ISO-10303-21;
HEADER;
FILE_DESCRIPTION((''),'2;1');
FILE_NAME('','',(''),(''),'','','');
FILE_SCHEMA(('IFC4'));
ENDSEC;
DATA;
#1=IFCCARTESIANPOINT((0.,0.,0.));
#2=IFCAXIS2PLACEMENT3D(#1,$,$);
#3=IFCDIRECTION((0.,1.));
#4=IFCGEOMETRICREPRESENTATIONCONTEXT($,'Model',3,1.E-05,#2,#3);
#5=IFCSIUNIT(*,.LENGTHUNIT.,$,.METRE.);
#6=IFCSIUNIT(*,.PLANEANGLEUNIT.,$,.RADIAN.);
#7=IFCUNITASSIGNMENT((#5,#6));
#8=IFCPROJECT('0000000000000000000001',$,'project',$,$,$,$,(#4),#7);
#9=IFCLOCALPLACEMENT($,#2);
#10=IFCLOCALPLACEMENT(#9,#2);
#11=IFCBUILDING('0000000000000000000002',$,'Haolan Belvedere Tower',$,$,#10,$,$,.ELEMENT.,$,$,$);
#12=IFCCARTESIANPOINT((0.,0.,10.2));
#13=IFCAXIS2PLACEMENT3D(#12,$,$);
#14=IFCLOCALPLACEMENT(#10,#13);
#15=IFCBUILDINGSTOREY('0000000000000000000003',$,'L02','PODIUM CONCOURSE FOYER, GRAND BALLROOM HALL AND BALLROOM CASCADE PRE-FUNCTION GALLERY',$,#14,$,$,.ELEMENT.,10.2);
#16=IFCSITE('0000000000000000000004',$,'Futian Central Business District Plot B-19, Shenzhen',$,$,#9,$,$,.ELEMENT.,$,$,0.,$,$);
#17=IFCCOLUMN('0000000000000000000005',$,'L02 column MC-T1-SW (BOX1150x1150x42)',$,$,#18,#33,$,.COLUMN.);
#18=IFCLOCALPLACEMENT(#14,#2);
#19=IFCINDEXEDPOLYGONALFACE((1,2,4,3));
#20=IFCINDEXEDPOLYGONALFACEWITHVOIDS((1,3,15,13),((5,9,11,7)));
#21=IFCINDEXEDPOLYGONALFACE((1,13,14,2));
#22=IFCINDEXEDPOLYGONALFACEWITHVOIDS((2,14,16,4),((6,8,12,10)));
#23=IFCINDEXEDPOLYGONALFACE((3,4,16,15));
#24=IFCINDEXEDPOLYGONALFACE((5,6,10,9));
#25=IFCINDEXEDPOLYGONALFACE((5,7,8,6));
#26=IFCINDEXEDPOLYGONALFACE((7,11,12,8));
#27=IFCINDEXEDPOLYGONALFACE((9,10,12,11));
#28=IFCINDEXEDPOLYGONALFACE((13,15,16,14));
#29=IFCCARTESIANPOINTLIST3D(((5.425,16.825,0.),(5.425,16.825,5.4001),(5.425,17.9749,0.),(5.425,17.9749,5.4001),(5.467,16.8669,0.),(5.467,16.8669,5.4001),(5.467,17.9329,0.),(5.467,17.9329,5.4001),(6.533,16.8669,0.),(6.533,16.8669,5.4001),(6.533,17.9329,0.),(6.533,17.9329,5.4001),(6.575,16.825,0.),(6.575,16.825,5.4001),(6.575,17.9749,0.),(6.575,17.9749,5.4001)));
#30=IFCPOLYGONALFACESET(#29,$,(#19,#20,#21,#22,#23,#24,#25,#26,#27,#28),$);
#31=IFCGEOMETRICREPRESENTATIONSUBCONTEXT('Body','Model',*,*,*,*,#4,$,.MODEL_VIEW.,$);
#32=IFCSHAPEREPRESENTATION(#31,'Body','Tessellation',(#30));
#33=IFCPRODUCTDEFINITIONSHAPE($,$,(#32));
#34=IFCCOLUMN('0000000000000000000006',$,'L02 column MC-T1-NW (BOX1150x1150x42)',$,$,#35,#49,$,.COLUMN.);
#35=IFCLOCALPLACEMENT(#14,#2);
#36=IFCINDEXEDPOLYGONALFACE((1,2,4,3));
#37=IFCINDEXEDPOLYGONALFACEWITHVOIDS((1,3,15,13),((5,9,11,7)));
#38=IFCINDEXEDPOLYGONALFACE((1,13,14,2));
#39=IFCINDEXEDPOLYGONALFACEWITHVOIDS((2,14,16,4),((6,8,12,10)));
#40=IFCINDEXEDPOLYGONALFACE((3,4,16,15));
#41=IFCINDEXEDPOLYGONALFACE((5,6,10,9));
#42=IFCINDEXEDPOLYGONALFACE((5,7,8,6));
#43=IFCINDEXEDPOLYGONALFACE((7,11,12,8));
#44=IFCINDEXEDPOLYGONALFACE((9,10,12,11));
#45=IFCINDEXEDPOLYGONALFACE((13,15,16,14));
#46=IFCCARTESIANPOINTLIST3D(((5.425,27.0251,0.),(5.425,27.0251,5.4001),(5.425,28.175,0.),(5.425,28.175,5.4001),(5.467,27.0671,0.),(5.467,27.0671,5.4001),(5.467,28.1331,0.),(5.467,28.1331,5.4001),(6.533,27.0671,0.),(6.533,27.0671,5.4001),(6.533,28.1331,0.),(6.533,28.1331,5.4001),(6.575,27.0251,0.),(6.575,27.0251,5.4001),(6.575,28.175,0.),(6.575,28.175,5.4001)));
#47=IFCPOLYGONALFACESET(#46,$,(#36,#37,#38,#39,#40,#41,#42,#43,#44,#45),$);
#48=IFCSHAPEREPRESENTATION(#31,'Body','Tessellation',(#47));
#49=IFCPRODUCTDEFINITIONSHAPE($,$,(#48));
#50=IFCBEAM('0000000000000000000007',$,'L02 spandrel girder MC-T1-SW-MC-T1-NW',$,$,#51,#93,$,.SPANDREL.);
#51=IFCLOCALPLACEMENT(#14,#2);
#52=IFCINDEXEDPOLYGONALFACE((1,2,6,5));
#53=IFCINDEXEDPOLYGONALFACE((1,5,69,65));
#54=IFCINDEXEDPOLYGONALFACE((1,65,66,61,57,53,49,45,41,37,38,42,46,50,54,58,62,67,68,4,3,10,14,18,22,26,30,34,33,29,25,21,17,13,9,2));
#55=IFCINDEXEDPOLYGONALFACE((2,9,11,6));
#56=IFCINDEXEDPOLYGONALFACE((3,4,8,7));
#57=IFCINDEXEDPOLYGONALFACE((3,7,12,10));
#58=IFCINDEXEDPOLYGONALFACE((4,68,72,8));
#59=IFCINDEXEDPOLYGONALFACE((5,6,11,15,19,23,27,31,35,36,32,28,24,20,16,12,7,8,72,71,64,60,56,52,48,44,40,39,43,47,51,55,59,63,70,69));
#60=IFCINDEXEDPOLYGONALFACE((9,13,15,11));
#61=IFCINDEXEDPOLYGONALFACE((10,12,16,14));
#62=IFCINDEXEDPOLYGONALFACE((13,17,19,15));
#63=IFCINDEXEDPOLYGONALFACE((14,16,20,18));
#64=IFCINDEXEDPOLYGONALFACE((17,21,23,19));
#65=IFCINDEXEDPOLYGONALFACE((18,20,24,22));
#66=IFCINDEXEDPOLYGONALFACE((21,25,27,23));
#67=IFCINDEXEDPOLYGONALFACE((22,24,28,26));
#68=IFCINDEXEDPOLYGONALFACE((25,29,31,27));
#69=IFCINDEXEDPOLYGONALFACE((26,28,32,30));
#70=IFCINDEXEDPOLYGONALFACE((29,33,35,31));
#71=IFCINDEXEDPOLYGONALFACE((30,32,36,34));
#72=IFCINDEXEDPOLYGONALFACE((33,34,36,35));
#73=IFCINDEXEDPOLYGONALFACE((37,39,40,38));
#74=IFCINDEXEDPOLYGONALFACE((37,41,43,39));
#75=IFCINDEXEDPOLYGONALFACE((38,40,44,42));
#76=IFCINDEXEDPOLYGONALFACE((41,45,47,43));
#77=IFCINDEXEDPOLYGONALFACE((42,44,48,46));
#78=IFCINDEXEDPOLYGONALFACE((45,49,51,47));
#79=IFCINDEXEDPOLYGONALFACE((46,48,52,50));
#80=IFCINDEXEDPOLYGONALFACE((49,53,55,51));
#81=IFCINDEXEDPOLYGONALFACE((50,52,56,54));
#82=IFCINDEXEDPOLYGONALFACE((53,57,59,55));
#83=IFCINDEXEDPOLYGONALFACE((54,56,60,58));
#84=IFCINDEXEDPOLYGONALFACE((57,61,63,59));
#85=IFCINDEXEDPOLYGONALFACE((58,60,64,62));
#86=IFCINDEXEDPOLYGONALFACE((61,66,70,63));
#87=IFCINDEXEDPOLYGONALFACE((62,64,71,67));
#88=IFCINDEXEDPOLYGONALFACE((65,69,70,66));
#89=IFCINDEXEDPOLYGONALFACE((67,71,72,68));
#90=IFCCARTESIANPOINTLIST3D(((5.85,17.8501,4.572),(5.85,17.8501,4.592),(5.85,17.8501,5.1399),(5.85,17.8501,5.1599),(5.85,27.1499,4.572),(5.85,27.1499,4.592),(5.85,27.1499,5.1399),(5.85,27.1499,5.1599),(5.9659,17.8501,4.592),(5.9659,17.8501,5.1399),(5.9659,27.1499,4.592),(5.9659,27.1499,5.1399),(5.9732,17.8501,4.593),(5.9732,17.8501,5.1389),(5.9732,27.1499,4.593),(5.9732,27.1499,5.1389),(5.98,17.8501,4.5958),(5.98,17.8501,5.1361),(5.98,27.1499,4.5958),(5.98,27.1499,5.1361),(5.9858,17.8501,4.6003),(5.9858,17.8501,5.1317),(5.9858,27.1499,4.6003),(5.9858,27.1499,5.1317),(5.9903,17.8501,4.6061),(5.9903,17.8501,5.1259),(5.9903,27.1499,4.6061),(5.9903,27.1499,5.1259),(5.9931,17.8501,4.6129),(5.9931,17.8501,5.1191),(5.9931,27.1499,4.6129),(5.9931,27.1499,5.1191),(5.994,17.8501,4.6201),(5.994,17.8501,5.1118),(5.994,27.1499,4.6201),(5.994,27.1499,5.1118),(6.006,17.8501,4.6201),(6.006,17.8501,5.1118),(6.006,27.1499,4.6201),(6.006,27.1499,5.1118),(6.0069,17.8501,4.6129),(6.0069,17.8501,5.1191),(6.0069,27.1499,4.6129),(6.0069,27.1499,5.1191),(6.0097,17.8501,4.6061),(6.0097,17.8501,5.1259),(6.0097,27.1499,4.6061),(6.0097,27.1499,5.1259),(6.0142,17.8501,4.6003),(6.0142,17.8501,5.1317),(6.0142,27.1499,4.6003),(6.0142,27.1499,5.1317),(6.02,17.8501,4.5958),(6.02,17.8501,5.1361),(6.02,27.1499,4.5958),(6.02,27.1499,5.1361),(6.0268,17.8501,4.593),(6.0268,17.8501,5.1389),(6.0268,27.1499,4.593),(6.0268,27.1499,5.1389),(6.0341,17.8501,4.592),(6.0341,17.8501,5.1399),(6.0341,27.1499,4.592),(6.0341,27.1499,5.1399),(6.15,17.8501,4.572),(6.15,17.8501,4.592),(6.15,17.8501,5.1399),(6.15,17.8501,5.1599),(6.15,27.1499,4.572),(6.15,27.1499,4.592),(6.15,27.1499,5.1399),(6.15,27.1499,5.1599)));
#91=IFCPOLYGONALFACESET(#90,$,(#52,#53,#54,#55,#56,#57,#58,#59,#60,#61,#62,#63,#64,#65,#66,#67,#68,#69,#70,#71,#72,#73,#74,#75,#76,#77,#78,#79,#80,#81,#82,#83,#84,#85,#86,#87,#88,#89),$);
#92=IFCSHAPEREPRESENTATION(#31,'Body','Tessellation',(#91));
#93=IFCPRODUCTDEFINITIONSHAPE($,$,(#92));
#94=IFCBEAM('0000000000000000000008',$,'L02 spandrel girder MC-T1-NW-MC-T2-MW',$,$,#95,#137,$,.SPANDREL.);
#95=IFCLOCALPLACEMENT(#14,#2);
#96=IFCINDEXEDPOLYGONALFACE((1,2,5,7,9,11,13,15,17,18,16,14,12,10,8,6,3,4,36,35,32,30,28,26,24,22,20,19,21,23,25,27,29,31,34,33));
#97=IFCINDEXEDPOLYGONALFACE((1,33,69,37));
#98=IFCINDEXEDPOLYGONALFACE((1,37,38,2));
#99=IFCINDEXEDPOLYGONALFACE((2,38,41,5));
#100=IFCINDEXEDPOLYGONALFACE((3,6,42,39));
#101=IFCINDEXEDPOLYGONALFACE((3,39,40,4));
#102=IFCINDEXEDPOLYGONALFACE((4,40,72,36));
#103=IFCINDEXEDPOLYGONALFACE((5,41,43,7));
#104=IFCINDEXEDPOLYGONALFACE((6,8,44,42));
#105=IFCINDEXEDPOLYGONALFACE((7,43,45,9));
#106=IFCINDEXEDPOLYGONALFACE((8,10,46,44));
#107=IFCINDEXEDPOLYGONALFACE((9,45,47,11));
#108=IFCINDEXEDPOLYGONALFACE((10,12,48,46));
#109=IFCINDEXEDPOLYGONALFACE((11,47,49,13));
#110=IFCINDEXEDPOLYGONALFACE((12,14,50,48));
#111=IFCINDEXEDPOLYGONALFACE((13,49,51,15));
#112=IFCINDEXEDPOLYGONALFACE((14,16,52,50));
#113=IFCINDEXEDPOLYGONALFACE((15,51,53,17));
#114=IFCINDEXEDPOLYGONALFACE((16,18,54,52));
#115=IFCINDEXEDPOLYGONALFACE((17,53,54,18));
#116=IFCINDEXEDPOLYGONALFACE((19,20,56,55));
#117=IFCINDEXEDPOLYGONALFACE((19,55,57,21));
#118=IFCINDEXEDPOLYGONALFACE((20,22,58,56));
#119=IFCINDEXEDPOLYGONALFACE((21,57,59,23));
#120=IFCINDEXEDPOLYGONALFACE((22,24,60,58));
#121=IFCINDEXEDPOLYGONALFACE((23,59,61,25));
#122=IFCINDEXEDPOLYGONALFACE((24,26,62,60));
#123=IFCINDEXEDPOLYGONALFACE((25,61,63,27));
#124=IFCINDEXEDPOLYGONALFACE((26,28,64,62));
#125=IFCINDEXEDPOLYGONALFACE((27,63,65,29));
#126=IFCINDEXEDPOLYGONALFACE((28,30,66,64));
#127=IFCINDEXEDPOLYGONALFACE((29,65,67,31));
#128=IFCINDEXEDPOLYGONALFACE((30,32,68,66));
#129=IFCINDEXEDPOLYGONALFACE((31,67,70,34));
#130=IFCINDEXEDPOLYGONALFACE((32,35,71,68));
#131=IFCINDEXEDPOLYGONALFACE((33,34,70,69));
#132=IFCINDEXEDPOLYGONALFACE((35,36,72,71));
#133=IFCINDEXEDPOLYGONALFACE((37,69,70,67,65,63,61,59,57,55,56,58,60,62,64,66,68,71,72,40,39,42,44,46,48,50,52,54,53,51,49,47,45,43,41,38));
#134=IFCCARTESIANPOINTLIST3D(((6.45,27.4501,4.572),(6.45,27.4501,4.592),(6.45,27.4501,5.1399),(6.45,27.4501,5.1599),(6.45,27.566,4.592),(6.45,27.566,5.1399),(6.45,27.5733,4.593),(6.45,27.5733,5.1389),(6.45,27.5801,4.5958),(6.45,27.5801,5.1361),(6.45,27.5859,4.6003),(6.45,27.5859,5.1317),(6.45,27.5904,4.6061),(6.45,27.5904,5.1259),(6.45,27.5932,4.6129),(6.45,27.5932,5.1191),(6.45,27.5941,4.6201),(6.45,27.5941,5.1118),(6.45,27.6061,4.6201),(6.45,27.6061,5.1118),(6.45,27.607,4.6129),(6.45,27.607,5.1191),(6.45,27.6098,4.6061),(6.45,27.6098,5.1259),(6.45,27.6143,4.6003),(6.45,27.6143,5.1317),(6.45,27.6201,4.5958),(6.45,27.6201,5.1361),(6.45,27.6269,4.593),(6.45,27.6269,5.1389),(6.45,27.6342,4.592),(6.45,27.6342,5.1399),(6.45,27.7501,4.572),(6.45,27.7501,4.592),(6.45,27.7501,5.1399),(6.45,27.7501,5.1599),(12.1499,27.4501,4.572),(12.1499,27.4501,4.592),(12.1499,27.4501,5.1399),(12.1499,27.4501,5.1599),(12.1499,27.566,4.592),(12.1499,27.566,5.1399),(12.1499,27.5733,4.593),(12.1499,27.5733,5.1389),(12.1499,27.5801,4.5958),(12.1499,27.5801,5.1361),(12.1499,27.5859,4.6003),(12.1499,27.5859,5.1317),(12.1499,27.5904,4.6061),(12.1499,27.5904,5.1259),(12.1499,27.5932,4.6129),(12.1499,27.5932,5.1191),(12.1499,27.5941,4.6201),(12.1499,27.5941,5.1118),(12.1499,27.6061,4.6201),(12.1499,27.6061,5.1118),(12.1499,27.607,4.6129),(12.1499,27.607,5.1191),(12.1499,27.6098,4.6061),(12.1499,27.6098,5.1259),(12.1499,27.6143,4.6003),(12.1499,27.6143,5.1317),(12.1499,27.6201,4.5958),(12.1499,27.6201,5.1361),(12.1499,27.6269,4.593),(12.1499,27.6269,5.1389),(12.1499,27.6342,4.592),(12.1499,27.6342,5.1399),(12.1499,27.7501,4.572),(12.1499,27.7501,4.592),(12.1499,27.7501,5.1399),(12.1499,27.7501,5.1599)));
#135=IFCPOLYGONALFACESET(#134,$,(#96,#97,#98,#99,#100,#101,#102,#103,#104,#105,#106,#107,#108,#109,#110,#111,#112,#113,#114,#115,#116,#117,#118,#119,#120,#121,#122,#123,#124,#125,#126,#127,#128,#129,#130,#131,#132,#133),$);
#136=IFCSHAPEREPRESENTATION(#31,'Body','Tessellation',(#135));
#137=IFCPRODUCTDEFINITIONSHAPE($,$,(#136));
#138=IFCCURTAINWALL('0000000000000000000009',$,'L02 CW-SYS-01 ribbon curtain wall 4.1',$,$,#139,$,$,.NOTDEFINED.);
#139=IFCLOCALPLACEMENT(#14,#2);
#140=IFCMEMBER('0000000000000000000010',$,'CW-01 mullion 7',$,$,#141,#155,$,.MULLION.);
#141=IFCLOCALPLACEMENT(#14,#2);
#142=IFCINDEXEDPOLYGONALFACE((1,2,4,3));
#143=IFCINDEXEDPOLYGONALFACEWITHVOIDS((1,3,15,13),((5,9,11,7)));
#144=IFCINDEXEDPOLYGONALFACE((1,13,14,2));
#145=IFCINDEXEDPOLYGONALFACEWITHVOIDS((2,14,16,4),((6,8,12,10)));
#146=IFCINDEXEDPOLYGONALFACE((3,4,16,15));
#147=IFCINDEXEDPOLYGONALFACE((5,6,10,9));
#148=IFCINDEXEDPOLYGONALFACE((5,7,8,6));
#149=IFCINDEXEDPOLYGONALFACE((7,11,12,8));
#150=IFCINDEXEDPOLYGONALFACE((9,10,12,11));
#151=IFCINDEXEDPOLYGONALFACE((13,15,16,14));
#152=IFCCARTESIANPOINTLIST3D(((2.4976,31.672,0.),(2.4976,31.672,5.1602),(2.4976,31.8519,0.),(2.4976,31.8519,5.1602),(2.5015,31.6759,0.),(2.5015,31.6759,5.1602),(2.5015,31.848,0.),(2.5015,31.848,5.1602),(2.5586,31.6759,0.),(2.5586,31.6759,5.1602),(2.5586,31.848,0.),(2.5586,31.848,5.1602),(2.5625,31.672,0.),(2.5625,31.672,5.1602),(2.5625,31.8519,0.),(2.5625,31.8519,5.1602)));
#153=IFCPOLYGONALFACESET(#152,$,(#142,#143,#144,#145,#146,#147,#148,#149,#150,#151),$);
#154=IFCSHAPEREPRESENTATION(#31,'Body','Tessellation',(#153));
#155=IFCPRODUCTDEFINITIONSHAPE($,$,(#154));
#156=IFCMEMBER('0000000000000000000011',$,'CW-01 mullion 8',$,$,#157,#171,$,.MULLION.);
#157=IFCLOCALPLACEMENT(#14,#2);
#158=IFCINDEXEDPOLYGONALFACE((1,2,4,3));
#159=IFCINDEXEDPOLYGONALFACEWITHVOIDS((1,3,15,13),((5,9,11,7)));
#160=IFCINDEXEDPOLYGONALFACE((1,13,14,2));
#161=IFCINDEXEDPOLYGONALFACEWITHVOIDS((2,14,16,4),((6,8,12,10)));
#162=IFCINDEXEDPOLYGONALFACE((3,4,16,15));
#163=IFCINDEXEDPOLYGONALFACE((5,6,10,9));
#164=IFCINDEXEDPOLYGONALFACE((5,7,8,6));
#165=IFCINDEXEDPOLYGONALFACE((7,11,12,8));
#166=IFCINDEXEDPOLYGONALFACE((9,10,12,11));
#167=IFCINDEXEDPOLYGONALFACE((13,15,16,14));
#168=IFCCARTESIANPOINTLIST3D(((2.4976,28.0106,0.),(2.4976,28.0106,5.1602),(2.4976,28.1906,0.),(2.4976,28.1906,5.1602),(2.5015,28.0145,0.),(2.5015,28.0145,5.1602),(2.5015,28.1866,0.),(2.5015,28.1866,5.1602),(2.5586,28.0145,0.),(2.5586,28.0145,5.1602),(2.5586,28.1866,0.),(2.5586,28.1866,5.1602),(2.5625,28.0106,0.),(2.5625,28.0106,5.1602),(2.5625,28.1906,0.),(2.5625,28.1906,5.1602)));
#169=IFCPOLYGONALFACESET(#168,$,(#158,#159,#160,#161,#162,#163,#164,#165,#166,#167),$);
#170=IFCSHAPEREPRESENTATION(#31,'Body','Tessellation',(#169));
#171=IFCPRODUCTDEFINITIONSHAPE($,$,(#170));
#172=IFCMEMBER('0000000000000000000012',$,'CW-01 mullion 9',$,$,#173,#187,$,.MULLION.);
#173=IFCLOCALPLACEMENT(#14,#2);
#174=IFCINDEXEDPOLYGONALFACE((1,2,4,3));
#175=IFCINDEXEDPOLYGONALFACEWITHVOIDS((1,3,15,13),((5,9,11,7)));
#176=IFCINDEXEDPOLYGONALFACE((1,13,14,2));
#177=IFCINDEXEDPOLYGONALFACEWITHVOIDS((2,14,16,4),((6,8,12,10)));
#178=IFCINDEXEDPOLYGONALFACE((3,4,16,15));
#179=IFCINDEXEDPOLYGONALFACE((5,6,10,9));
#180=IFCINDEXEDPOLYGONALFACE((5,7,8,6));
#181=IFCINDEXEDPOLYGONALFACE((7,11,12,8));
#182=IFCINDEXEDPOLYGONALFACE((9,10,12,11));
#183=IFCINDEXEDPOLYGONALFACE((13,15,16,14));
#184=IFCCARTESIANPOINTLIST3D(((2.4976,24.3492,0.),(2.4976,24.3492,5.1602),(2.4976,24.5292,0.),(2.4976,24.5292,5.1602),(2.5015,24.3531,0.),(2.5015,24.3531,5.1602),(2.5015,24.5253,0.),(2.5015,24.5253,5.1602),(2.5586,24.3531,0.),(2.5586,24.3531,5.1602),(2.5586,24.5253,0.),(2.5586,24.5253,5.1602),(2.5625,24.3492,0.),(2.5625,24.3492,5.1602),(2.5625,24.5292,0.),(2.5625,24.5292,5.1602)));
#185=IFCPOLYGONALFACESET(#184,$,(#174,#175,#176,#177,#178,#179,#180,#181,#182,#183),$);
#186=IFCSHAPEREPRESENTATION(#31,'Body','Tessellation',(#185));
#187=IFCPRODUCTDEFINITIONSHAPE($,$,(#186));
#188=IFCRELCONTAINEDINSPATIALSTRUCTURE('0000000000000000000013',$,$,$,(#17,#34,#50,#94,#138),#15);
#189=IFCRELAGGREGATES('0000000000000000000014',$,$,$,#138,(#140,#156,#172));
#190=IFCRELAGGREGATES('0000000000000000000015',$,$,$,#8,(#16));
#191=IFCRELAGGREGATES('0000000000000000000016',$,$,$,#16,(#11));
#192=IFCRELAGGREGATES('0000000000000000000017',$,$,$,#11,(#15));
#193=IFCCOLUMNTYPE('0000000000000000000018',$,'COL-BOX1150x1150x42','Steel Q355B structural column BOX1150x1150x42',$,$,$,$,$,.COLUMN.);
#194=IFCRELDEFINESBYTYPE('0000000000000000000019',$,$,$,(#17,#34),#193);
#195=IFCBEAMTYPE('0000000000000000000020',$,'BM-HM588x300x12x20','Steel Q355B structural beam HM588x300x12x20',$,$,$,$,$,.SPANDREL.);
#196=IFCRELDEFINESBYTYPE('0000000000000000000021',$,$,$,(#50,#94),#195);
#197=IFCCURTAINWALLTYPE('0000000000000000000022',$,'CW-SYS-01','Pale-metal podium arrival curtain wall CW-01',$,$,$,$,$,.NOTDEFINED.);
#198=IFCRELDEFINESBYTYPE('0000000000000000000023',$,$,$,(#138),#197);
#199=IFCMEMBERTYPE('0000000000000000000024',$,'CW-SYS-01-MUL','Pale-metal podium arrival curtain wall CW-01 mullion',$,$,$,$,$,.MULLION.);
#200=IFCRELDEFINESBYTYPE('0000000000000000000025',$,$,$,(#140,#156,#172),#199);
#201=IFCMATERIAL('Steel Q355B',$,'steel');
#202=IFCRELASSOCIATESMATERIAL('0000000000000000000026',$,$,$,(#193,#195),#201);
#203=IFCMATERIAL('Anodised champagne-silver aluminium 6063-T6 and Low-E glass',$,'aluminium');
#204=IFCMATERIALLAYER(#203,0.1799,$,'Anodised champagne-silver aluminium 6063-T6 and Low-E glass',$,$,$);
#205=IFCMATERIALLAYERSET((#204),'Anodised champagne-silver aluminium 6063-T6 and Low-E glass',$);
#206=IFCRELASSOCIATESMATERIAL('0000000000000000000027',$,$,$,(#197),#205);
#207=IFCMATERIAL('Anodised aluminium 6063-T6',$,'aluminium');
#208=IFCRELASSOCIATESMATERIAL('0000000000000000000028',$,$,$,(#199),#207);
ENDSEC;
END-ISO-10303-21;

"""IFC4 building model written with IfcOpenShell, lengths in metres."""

from ifc_helpers import new_model, si_unit, direction, frame, origin, origin_2d, place, context, subcontext, project, spatial, hollow_rectangle, i_section, extrude, material, layer, layer_set, material_profile, profile_set, type_object, element, aggregate, save


model = new_model("IFC4")

# Units and contexts
model_context = context("Model", 3, precision=1e-05, world=origin(), true_north=direction((0.0, 1.0)))
body_context = subcontext(model_context, "Body", "Model", "MODEL_VIEW")
ifc_project = project(units=[si_unit("LENGTHUNIT", "METRE"), si_unit("PLANEANGLEUNIT", "RADIAN")], contexts=[model_context])

# Site, building, storey
site_placement = place(None, origin())
site = spatial("IfcSite", under=ifc_project, at=site_placement, Name="Futian Central Business District Plot B-19, Shenzhen", CompositionType="ELEMENT", RefElevation=0.0)
building_placement = place(site_placement, origin())
building = spatial("IfcBuilding", under=site, at=building_placement, Name="Haolan Belvedere Tower", CompositionType="ELEMENT")
storey_placement = place(building_placement, frame((0.0, 0.0, 10.2)))
storey = spatial("IfcBuildingStorey", under=building, at=storey_placement, Name="L02", Description="PODIUM CONCOURSE FOYER, GRAND BALLROOM HALL AND BALLROOM CASCADE PRE-FUNCTION GALLERY", CompositionType="ELEMENT", Elevation=10.2)

# Columns
ifc_material_1 = material(Name="Steel Q355B", Category="steel")
ifc_material_profile_1 = material_profile(ifc_material_1, hollow_rectangle(XDim=1.1499, YDim=1.1499, WallThickness=0.042, at=origin_2d()), Name="Steel Q355B")
ifc_profile_set_1 = profile_set([ifc_material_profile_1], Name="Steel Q355B")
column_type = type_object("IfcColumnType", Name="COL-BOX1150x1150x42", Description="Steel Q355B structural column BOX1150x1150x42", PredefinedType="COLUMN", material=ifc_profile_set_1)
for number, where, z_axis, x_axis, name in (
    (1, (6.0, 17.3999, 0.0), (0.0, 0.0, 1.0), (1.0, 0.0, 0.0), "L02 column MC-T1-SW (BOX1150x1150x42)"),
    (2, (6.0, 27.6001, 0.0), (0.0, 0.0, 1.0), (1.0, 0.0, 0.0), "L02 column MC-T1-NW (BOX1150x1150x42)"),
):
    element("IfcColumn", number, at=place(storey_placement, frame(where, z_axis=z_axis, x_axis=x_axis)), inside=storey, type_object=column_type, Name=name, PredefinedType="COLUMN", context=body_context, shape_type="SweptSolid", body=[
        extrude(hollow_rectangle(XDim=1.1499, YDim=1.1499, WallThickness=0.042, at=origin_2d()), origin(), (0.0, 0.0, 1.0), 5.4001),
    ])

# Beams
ifc_material_profile_2 = material_profile(ifc_material_1, i_section(OverallWidth=0.3, OverallDepth=0.5879, WebThickness=0.012, FlangeThickness=0.02, FilletRadius=0.0281, at=origin_2d()), Name="Steel Q355B")
ifc_profile_set_2 = profile_set([ifc_material_profile_2], Name="Steel Q355B")
beam_type = type_object("IfcBeamType", Name="BM-HM588x300x12x20", Description="Steel Q355B structural beam HM588x300x12x20", PredefinedType="SPANDREL", material=ifc_profile_set_2)
beam_1_placement = place(storey_placement, frame((6.0, 17.8501, 4.866), z_axis=(0.0, 1.0, 0.0), x_axis=(-1.0, 0.0, 0.0)))
element("IfcBeam", 3, at=beam_1_placement, inside=storey, type_object=beam_type, Name="L02 spandrel girder MC-T1-SW-MC-T1-NW", PredefinedType="SPANDREL", context=body_context, shape_type="SweptSolid", body=[
    extrude(i_section(OverallWidth=0.3, OverallDepth=0.5879, WebThickness=0.012, FlangeThickness=0.02, FilletRadius=0.0281, at=origin_2d()), origin(), (0.0, 0.0, 1.0), 9.2998),
])
beam_2_placement = place(storey_placement, frame((6.45, 27.6001, 4.866), z_axis=(1.0, 0.0, 0.0), x_axis=(0.0, 1.0, 0.0)))
element("IfcBeam", 4, at=beam_2_placement, inside=storey, type_object=beam_type, Name="L02 spandrel girder MC-T1-NW-MC-T2-MW", PredefinedType="SPANDREL", context=body_context, shape_type="SweptSolid", body=[
    extrude(i_section(OverallWidth=0.3, OverallDepth=0.5879, WebThickness=0.012, FlangeThickness=0.02, FilletRadius=0.0281, at=origin_2d()), origin(), (0.0, 0.0, 1.0), 5.7),
])

# Curtain wall, members
ifc_material_2 = material(Name="Anodised champagne-silver aluminium 6063-T6 and Low-E glass", Category="aluminium")
ifc_layer_1 = layer(ifc_material_2, 0.1799, Name="Anodised champagne-silver aluminium 6063-T6 and Low-E glass")
ifc_layer_set_1 = layer_set([ifc_layer_1], Name="Anodised champagne-silver aluminium 6063-T6 and Low-E glass")
curtain_wall_type = type_object("IfcCurtainWallType", Name="CW-SYS-01", Description="Pale-metal podium arrival curtain wall CW-01", PredefinedType="NOTDEFINED", material=ifc_layer_set_1)
curtain_wall_placement = place(storey_placement, origin())
curtain_wall = element("IfcCurtainWall", 5, at=curtain_wall_placement, inside=storey, type_object=curtain_wall_type, Name="L02 CW-SYS-01 ribbon curtain wall 4.1", PredefinedType="NOTDEFINED")
ifc_material_3 = material(Name="Anodised aluminium 6063-T6", Category="aluminium")
ifc_material_profile_3 = material_profile(ifc_material_3, hollow_rectangle(XDim=0.0649, YDim=0.1799, WallThickness=0.0039, at=origin_2d()), Name="Anodised aluminium 6063-T6")
ifc_profile_set_3 = profile_set([ifc_material_profile_3], Name="Anodised aluminium 6063-T6")
member_type_1 = type_object("IfcMemberType", Name="CW-SYS-01-MUL", Description="Pale-metal podium arrival curtain wall CW-01 mullion", PredefinedType="MULLION", material=ifc_profile_set_3)
member_1_placement = place(storey_placement, frame((2.53, 31.762, 0.0), z_axis=(0.0, 0.0, 1.0), x_axis=(1.0, 0.0, 0.0)))
member_1 = element("IfcMember", 6, at=member_1_placement, type_object=member_type_1, Name="CW-01 mullion 7", PredefinedType="MULLION", context=body_context, shape_type="SweptSolid", body=[
    extrude(hollow_rectangle(XDim=0.0649, YDim=0.1799, WallThickness=0.0039, at=origin_2d()), origin(), (0.0, 0.0, 1.0), 5.1602),
])
member_2_placement = place(storey_placement, frame((2.53, 28.1006, 0.0), z_axis=(0.0, 0.0, 1.0), x_axis=(1.0, 0.0, 0.0)))
member_2 = element("IfcMember", 7, at=member_2_placement, type_object=member_type_1, Name="CW-01 mullion 8", PredefinedType="MULLION", context=body_context, shape_type="SweptSolid", body=[
    extrude(hollow_rectangle(XDim=0.0649, YDim=0.1799, WallThickness=0.0039, at=origin_2d()), origin(), (0.0, 0.0, 1.0), 5.1602),
])
member_3_placement = place(storey_placement, frame((2.53, 24.4392, 0.0), z_axis=(0.0, 0.0, 1.0), x_axis=(1.0, 0.0, 0.0)))
member_3 = element("IfcMember", 8, at=member_3_placement, type_object=member_type_1, Name="CW-01 mullion 9", PredefinedType="MULLION", context=body_context, shape_type="SweptSolid", body=[
    extrude(hollow_rectangle(XDim=0.0649, YDim=0.1799, WallThickness=0.0039, at=origin_2d()), origin(), (0.0, 0.0, 1.0), 5.1602),
])
aggregate(curtain_wall, [member_1, member_2, member_3])

save(model, "model.ifc")
